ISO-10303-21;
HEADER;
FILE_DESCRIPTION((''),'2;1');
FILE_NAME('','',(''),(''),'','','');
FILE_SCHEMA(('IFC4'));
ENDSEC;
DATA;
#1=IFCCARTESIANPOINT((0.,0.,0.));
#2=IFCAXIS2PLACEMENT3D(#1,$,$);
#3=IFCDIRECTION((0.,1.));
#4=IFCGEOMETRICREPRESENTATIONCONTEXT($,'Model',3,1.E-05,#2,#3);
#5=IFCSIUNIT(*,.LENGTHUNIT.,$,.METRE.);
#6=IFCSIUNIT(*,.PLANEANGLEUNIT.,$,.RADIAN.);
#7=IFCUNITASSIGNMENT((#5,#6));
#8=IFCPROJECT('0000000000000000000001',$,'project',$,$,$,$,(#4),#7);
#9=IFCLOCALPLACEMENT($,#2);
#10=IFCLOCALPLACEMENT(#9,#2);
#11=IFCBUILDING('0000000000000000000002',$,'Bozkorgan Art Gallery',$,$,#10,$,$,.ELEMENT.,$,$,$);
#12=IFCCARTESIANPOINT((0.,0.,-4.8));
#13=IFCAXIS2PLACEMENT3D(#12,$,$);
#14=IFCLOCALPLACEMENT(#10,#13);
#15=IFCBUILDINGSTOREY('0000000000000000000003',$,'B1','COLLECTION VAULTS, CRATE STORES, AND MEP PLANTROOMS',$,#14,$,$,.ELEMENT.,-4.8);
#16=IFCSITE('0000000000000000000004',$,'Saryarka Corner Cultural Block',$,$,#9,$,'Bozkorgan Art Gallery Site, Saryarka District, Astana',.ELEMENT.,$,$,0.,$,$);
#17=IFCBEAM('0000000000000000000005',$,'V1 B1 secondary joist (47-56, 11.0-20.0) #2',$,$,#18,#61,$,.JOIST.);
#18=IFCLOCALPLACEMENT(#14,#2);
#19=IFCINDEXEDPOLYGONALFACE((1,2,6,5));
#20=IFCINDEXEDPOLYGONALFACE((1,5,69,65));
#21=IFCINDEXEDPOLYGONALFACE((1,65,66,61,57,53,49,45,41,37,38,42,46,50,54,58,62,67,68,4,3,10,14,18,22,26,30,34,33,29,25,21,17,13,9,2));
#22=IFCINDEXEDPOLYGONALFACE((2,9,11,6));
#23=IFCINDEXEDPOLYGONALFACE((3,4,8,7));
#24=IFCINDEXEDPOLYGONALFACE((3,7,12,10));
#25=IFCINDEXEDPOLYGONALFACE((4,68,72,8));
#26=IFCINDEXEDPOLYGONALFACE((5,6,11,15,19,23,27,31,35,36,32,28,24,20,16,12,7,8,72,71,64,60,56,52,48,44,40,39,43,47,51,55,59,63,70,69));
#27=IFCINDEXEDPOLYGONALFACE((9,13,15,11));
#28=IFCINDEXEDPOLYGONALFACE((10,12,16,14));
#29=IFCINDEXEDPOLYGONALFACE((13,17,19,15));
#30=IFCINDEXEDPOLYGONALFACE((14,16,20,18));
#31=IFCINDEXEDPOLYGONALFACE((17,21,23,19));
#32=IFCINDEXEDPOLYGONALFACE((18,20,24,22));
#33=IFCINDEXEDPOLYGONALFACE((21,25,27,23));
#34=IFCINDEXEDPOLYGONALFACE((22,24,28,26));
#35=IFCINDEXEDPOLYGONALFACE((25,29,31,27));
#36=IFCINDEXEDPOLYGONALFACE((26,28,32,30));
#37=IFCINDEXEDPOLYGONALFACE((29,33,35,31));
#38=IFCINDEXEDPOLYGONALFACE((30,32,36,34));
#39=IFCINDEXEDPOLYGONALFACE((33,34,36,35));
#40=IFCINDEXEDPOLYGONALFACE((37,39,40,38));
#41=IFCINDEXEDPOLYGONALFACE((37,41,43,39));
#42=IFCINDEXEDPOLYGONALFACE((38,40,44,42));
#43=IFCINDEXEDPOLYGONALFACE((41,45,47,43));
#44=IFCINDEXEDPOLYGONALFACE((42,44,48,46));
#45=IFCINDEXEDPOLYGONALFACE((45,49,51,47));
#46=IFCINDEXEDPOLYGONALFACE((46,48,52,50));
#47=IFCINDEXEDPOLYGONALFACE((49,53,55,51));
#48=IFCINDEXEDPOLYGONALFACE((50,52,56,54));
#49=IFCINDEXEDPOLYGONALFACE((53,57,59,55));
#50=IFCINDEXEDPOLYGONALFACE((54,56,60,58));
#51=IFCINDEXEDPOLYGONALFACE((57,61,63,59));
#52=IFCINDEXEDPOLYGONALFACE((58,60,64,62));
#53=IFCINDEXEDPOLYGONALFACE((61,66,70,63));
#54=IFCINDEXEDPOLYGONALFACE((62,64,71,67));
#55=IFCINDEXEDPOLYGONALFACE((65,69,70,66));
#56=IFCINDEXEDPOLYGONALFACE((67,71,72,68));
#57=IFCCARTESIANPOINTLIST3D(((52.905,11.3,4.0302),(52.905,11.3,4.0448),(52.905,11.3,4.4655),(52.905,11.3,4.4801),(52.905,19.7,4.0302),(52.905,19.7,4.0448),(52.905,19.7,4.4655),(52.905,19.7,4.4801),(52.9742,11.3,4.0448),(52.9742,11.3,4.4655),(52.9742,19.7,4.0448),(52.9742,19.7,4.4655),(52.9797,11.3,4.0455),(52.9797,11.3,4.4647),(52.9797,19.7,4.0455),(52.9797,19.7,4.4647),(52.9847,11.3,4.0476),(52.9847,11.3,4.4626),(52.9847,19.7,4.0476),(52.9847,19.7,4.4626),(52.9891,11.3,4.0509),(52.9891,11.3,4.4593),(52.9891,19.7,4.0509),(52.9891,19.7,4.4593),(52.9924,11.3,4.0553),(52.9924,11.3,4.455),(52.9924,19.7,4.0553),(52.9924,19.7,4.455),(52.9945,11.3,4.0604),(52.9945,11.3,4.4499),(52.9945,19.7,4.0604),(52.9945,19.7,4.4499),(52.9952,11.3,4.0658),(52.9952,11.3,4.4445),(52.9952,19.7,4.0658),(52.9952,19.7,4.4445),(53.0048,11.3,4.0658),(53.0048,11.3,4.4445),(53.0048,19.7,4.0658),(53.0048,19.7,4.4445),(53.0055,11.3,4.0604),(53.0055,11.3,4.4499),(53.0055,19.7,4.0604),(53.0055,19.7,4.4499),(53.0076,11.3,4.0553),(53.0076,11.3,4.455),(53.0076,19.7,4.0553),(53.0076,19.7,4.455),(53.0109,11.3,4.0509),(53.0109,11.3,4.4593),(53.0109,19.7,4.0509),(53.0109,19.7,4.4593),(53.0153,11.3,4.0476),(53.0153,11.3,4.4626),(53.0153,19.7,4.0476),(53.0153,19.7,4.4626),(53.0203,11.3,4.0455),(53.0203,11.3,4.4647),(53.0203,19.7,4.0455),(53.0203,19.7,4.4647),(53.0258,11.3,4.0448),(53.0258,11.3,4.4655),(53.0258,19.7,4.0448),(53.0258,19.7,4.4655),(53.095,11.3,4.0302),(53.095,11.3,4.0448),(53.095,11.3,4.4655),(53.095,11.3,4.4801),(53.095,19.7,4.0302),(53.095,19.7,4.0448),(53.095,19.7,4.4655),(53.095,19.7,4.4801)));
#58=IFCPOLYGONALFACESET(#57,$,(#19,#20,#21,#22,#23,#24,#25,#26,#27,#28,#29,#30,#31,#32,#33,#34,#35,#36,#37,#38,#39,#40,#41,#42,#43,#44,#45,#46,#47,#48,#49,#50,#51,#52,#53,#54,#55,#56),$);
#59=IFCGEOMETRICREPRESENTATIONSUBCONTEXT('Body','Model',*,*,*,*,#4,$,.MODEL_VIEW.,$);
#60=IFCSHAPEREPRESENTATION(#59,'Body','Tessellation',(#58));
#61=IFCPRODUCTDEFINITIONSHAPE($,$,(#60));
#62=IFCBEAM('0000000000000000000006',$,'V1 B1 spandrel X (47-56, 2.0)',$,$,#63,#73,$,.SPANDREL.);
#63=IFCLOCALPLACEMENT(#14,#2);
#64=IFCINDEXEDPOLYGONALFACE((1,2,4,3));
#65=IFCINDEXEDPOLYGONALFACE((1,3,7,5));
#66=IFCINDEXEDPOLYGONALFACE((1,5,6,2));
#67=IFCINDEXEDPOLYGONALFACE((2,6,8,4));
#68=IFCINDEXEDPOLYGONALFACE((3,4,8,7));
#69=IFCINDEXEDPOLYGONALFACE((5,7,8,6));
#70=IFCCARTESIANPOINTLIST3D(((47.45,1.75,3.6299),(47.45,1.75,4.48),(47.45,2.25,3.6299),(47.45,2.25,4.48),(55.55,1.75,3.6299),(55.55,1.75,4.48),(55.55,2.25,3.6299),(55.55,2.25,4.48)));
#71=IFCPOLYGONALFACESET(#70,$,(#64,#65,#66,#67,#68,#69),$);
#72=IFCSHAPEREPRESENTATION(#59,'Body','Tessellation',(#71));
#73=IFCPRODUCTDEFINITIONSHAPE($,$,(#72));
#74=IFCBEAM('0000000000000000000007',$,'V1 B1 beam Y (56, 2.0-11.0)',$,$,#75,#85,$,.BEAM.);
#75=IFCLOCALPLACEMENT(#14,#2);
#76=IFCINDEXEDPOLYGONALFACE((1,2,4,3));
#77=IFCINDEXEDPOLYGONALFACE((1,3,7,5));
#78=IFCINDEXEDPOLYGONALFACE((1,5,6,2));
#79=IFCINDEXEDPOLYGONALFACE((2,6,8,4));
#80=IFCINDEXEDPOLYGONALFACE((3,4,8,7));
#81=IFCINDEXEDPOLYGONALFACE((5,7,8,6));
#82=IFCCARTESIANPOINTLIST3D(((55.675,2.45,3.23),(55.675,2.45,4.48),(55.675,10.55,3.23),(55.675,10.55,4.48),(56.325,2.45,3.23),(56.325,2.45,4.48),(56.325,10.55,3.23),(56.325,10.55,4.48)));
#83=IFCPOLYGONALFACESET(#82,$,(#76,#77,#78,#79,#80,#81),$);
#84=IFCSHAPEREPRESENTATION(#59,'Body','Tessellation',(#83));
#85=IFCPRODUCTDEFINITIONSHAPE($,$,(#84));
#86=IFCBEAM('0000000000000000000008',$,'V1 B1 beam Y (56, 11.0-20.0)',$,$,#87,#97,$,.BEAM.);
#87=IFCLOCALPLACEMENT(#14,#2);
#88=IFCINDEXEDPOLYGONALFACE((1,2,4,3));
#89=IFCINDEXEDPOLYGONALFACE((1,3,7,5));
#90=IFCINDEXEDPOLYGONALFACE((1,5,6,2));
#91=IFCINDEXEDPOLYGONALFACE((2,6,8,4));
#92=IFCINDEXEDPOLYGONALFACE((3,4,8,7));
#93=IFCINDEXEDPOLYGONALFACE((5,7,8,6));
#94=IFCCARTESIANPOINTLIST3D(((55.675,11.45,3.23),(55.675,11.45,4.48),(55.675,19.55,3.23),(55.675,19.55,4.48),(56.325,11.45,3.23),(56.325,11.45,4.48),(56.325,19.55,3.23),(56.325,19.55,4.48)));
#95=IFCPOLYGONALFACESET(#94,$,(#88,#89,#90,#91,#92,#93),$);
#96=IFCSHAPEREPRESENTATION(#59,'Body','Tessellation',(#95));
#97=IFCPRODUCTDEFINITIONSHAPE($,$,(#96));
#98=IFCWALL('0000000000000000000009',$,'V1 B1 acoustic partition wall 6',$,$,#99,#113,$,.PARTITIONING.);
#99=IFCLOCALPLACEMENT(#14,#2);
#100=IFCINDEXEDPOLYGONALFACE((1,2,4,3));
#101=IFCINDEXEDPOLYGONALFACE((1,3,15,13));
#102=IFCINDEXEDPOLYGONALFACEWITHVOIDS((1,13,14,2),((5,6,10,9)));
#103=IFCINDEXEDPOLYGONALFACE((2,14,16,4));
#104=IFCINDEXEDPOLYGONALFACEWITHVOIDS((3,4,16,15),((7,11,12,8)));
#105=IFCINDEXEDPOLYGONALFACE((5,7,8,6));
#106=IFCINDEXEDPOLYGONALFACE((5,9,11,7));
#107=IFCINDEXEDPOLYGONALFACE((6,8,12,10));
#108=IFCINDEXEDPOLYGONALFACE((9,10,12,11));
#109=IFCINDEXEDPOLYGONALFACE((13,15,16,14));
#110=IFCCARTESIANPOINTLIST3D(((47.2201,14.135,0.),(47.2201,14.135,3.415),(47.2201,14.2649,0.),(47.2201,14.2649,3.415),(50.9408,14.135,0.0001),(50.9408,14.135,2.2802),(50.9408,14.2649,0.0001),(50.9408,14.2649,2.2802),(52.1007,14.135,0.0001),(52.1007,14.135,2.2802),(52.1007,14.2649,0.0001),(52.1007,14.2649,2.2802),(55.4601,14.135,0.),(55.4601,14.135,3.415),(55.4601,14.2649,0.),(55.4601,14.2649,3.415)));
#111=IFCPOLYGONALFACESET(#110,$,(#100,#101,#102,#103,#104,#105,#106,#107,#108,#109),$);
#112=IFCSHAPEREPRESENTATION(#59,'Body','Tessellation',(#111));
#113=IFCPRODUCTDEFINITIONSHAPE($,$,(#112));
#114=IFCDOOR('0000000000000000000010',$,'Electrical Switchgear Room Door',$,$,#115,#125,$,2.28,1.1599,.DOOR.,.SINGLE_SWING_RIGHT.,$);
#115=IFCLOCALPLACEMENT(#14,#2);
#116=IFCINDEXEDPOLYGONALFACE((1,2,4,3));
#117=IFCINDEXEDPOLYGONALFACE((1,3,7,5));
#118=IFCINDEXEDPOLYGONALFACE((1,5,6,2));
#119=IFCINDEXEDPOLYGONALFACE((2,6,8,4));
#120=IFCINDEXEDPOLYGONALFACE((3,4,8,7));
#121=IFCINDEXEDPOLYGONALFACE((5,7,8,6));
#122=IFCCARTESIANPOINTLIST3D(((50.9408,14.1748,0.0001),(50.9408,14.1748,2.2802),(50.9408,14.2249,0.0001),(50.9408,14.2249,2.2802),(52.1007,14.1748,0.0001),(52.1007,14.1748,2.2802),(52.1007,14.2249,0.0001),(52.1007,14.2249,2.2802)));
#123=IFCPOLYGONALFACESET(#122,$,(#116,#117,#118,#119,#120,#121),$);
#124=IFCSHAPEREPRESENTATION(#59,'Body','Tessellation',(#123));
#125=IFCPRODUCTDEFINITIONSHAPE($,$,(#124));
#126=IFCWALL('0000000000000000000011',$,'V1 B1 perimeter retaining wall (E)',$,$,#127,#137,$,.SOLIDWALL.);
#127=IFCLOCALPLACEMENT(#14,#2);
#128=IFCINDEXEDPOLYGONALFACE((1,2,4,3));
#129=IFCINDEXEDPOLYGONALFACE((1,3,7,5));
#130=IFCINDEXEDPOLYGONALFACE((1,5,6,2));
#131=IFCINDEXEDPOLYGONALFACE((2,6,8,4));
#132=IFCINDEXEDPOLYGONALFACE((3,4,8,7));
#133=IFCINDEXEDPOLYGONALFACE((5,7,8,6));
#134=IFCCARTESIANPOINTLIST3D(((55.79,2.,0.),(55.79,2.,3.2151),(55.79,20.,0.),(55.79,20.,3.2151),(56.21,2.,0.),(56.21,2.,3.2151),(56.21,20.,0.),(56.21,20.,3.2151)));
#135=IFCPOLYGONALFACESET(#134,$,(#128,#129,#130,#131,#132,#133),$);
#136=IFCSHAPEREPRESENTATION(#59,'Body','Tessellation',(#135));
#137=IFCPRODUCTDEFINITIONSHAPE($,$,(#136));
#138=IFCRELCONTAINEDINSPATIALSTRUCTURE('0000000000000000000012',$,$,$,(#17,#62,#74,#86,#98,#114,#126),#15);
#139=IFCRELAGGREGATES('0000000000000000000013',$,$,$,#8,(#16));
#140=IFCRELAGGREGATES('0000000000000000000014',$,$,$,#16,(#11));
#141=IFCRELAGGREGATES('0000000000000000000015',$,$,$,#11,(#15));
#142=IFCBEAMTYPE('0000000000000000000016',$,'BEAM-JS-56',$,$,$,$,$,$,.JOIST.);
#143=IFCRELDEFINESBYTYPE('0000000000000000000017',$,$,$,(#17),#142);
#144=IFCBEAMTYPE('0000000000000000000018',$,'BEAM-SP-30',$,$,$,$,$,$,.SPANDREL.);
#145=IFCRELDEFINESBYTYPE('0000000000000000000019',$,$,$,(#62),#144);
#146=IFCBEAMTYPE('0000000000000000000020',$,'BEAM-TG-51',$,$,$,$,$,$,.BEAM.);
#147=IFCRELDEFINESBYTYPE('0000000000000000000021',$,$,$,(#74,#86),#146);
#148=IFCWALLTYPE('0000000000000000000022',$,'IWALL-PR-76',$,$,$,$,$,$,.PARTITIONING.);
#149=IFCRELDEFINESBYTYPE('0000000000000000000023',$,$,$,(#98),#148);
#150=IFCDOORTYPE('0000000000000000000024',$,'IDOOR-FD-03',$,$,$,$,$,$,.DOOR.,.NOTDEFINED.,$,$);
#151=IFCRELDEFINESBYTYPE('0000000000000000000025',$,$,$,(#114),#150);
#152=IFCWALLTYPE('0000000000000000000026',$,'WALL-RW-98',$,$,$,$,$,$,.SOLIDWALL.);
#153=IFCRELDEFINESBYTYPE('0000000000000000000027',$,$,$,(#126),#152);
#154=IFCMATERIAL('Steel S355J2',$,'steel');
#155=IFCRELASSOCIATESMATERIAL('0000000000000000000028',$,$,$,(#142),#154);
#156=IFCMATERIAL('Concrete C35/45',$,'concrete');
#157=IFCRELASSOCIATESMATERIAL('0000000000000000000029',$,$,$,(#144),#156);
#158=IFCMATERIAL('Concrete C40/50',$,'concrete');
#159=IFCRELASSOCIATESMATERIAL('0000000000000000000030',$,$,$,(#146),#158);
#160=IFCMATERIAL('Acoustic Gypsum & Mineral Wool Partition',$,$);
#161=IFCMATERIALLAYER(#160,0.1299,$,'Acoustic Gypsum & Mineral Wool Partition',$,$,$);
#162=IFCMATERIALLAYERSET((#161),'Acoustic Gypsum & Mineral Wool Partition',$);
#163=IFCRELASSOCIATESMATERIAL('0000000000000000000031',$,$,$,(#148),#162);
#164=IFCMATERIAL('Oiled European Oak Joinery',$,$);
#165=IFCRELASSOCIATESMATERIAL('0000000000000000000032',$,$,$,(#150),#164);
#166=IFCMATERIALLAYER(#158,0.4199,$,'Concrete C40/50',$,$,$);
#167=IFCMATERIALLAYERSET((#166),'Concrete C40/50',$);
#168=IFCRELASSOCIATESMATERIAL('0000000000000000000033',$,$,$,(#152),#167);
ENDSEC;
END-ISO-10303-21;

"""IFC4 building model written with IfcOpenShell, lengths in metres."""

from ifc_helpers import new_model, si_unit, direction, frame, frame_2d, origin, origin_2d, place, context, subcontext, project, spatial, rectangle, i_section, extrude, material, layer, layer_set, material_profile, profile_set, type_object, element, fill, save


model = new_model("IFC4")

# Units and contexts
model_context = context("Model", 3, precision=1e-05, world=origin(), true_north=direction((0.0, 1.0)))
body_context = subcontext(model_context, "Body", "Model", "MODEL_VIEW")
ifc_project = project(units=[si_unit("LENGTHUNIT", "METRE"), si_unit("PLANEANGLEUNIT", "RADIAN")], contexts=[model_context])

# Site, building, storey
site_placement = place(None, origin())
site = spatial("IfcSite", under=ifc_project, at=site_placement, Name="Saryarka Corner Cultural Block", LongName="Bozkorgan Art Gallery Site, Saryarka District, Astana", CompositionType="ELEMENT", RefElevation=0.0)
building_placement = place(site_placement, origin())
building = spatial("IfcBuilding", under=site, at=building_placement, Name="Bozkorgan Art Gallery", CompositionType="ELEMENT")
storey_placement = place(building_placement, frame((0.0, 0.0, -4.8)))
storey = spatial("IfcBuildingStorey", under=building, at=storey_placement, Name="B1", Description="COLLECTION VAULTS, CRATE STORES, AND MEP PLANTROOMS", CompositionType="ELEMENT", Elevation=-4.8)

# Shared definitions
ifc_material_1 = material(Name="Concrete C40/50", Category="concrete")

# Beams
ifc_material_2 = material(Name="Concrete C35/45", Category="concrete")
ifc_material_3 = material(Name="Steel S355J2", Category="steel")
ifc_material_profile_1 = material_profile(ifc_material_3, i_section(OverallWidth=0.1899, OverallDepth=0.45, WebThickness=0.0095, FlangeThickness=0.0146, FilletRadius=0.021, at=origin_2d()), Name="IPE 450")
ifc_profile_set_1 = profile_set([ifc_material_profile_1], Name="Steel S355J2")
beam_type_1 = type_object("IfcBeamType", Name="BEAM-JS-56", PredefinedType="JOIST", material=ifc_profile_set_1)
for number, where, z_axis, x_axis, name in (
    (1, (53.0, 11.3, 4.2551), (0.0, 1.0, 0.0), (-1.0, 0.0, 0.0), "V1 B1 secondary joist (47-56, 11.0-20.0) #2"),
):
    element("IfcBeam", number, at=place(storey_placement, frame(where, z_axis=z_axis, x_axis=x_axis)), inside=storey, type_object=beam_type_1, Name=name, PredefinedType="JOIST", context=body_context, shape_type="SweptSolid", body=[
        extrude(i_section(OverallWidth=0.1899, OverallDepth=0.45, WebThickness=0.0095, FlangeThickness=0.0146, FilletRadius=0.021, at=origin_2d()), origin(), (0.0, 0.0, 1.0), 8.3999),
    ])
ifc_material_profile_2 = material_profile(ifc_material_2, rectangle(XDim=0.5, YDim=0.8501, at=origin_2d()), Name="RC 500x850")
ifc_profile_set_2 = profile_set([ifc_material_profile_2], Name="Concrete C35/45")
beam_type_2 = type_object("IfcBeamType", Name="BEAM-SP-30", PredefinedType="SPANDREL", material=ifc_profile_set_2)
beam_placement = place(storey_placement, frame((47.45, 2.0, 4.0549), z_axis=(1.0, 0.0, 0.0), x_axis=(0.0, 1.0, 0.0)))
element("IfcBeam", 2, at=beam_placement, inside=storey, type_object=beam_type_2, Name="V1 B1 spandrel X (47-56, 2.0)", PredefinedType="SPANDREL", context=body_context, shape_type="SweptSolid", body=[
    extrude(rectangle(XDim=0.5, YDim=0.8501, at=origin_2d()), origin(), (0.0, 0.0, 1.0), 8.1001),
])
ifc_material_profile_3 = material_profile(ifc_material_1, rectangle(XDim=0.6499, YDim=1.25, at=origin_2d()), Name="RC 650x1250")
ifc_profile_set_3 = profile_set([ifc_material_profile_3], Name="Concrete C40/50")
beam_type_3 = type_object("IfcBeamType", Name="BEAM-TG-51", PredefinedType="BEAM", material=ifc_profile_set_3)
for number, where, z_axis, x_axis, name in (
    (3, (56.0, 2.45, 3.855), (0.0, 1.0, 0.0), (-1.0, 0.0, 0.0), "V1 B1 beam Y (56, 2.0-11.0)"),
    (4, (56.0, 11.45, 3.855), (0.0, 1.0, 0.0), (-1.0, 0.0, 0.0), "V1 B1 beam Y (56, 11.0-20.0)"),
):
    element("IfcBeam", number, at=place(storey_placement, frame(where, z_axis=z_axis, x_axis=x_axis)), inside=storey, type_object=beam_type_3, Name=name, PredefinedType="BEAM", context=body_context, shape_type="SweptSolid", body=[
        extrude(rectangle(XDim=0.6499, YDim=1.25, at=origin_2d()), origin(), (0.0, 0.0, 1.0), 8.1001),
    ])

# Wall, opening, door
ifc_material_4 = material(Name="Acoustic Gypsum & Mineral Wool Partition")
ifc_layer_1 = layer(ifc_material_4, 0.1299, Name="Acoustic Gypsum & Mineral Wool Partition")
ifc_layer_set_1 = layer_set([ifc_layer_1], Name="Acoustic Gypsum & Mineral Wool Partition")
wall_type_1 = type_object("IfcWallType", Name="IWALL-PR-76", PredefinedType="PARTITIONING", material=ifc_layer_set_1)
wall_1_placement = place(storey_placement, frame((47.22, 14.2, 0.0), z_axis=(0.0, 0.0, 1.0), x_axis=(1.0, 0.0, 0.0)))
wall_1 = element("IfcWall", 5, at=wall_1_placement, inside=storey, type_object=wall_type_1, Name="V1 B1 acoustic partition wall 6", PredefinedType="PARTITIONING", context=body_context, shape_type="SweptSolid", body=[
    extrude(rectangle(XDim=8.24, YDim=0.1299, at=frame_2d((4.1201, 0.0))), origin(), (0.0, 0.0, 1.0), 3.415),
])
opening_placement = place(wall_1_placement, frame((3.7207, 0.0, 0.0)))
opening = element("IfcOpeningElement", 6, at=opening_placement, cuts=wall_1, PredefinedType="OPENING", context=body_context, shape_type="SweptSolid", body=[
    extrude(rectangle(XDim=1.1599, YDim=2.28, at=frame_2d((0.5801, 1.1401))), frame((0.0, 0.075, 0.0), z_axis=(0.0, -1.0, 0.0), x_axis=(1.0, 0.0, 0.0)), (0.0, 0.0, 1.0), 0.1499),
])
ifc_material_5 = material(Name="Oiled European Oak Joinery")
door_type = type_object("IfcDoorType", Name="IDOOR-FD-03", OperationType="NOTDEFINED", PredefinedType="DOOR", material=ifc_material_5)
door_placement = place(opening_placement, origin())
door = element("IfcDoor", 7, at=door_placement, inside=storey, type_object=door_type, Name="Electrical Switchgear Room Door", OperationType="SINGLE_SWING_RIGHT", OverallHeight=2.28, OverallWidth=1.1599, PredefinedType="DOOR", context=body_context, shape_type="SweptSolid", body=[
    extrude(rectangle(XDim=1.1599, YDim=2.28, at=frame_2d((0.5801, 1.1401))), frame((0.0, 0.0249, 0.0), z_axis=(0.0, -1.0, 0.0), x_axis=(1.0, 0.0, 0.0)), (0.0, 0.0, 1.0), 0.05),
])
fill(opening, door)

# Wall
ifc_layer_2 = layer(ifc_material_1, 0.4199, Name="Concrete C40/50")
ifc_layer_set_2 = layer_set([ifc_layer_2], Name="Concrete C40/50")
wall_type_2 = type_object("IfcWallType", Name="WALL-RW-98", PredefinedType="SOLIDWALL", material=ifc_layer_set_2)
wall_2_placement = place(storey_placement, frame((56.0, 2.0, 0.0), z_axis=(0.0, 0.0, 1.0), x_axis=(0.0, 1.0, 0.0)))
element("IfcWall", 8, at=wall_2_placement, inside=storey, type_object=wall_type_2, Name="V1 B1 perimeter retaining wall (E)", PredefinedType="SOLIDWALL", context=body_context, shape_type="SweptSolid", body=[
    extrude(rectangle(XDim=18.0, YDim=0.4199, at=frame_2d((9.0, 0.0))), origin(), (0.0, 0.0, 1.0), 3.2151),
])

save(model, "model.ifc")
